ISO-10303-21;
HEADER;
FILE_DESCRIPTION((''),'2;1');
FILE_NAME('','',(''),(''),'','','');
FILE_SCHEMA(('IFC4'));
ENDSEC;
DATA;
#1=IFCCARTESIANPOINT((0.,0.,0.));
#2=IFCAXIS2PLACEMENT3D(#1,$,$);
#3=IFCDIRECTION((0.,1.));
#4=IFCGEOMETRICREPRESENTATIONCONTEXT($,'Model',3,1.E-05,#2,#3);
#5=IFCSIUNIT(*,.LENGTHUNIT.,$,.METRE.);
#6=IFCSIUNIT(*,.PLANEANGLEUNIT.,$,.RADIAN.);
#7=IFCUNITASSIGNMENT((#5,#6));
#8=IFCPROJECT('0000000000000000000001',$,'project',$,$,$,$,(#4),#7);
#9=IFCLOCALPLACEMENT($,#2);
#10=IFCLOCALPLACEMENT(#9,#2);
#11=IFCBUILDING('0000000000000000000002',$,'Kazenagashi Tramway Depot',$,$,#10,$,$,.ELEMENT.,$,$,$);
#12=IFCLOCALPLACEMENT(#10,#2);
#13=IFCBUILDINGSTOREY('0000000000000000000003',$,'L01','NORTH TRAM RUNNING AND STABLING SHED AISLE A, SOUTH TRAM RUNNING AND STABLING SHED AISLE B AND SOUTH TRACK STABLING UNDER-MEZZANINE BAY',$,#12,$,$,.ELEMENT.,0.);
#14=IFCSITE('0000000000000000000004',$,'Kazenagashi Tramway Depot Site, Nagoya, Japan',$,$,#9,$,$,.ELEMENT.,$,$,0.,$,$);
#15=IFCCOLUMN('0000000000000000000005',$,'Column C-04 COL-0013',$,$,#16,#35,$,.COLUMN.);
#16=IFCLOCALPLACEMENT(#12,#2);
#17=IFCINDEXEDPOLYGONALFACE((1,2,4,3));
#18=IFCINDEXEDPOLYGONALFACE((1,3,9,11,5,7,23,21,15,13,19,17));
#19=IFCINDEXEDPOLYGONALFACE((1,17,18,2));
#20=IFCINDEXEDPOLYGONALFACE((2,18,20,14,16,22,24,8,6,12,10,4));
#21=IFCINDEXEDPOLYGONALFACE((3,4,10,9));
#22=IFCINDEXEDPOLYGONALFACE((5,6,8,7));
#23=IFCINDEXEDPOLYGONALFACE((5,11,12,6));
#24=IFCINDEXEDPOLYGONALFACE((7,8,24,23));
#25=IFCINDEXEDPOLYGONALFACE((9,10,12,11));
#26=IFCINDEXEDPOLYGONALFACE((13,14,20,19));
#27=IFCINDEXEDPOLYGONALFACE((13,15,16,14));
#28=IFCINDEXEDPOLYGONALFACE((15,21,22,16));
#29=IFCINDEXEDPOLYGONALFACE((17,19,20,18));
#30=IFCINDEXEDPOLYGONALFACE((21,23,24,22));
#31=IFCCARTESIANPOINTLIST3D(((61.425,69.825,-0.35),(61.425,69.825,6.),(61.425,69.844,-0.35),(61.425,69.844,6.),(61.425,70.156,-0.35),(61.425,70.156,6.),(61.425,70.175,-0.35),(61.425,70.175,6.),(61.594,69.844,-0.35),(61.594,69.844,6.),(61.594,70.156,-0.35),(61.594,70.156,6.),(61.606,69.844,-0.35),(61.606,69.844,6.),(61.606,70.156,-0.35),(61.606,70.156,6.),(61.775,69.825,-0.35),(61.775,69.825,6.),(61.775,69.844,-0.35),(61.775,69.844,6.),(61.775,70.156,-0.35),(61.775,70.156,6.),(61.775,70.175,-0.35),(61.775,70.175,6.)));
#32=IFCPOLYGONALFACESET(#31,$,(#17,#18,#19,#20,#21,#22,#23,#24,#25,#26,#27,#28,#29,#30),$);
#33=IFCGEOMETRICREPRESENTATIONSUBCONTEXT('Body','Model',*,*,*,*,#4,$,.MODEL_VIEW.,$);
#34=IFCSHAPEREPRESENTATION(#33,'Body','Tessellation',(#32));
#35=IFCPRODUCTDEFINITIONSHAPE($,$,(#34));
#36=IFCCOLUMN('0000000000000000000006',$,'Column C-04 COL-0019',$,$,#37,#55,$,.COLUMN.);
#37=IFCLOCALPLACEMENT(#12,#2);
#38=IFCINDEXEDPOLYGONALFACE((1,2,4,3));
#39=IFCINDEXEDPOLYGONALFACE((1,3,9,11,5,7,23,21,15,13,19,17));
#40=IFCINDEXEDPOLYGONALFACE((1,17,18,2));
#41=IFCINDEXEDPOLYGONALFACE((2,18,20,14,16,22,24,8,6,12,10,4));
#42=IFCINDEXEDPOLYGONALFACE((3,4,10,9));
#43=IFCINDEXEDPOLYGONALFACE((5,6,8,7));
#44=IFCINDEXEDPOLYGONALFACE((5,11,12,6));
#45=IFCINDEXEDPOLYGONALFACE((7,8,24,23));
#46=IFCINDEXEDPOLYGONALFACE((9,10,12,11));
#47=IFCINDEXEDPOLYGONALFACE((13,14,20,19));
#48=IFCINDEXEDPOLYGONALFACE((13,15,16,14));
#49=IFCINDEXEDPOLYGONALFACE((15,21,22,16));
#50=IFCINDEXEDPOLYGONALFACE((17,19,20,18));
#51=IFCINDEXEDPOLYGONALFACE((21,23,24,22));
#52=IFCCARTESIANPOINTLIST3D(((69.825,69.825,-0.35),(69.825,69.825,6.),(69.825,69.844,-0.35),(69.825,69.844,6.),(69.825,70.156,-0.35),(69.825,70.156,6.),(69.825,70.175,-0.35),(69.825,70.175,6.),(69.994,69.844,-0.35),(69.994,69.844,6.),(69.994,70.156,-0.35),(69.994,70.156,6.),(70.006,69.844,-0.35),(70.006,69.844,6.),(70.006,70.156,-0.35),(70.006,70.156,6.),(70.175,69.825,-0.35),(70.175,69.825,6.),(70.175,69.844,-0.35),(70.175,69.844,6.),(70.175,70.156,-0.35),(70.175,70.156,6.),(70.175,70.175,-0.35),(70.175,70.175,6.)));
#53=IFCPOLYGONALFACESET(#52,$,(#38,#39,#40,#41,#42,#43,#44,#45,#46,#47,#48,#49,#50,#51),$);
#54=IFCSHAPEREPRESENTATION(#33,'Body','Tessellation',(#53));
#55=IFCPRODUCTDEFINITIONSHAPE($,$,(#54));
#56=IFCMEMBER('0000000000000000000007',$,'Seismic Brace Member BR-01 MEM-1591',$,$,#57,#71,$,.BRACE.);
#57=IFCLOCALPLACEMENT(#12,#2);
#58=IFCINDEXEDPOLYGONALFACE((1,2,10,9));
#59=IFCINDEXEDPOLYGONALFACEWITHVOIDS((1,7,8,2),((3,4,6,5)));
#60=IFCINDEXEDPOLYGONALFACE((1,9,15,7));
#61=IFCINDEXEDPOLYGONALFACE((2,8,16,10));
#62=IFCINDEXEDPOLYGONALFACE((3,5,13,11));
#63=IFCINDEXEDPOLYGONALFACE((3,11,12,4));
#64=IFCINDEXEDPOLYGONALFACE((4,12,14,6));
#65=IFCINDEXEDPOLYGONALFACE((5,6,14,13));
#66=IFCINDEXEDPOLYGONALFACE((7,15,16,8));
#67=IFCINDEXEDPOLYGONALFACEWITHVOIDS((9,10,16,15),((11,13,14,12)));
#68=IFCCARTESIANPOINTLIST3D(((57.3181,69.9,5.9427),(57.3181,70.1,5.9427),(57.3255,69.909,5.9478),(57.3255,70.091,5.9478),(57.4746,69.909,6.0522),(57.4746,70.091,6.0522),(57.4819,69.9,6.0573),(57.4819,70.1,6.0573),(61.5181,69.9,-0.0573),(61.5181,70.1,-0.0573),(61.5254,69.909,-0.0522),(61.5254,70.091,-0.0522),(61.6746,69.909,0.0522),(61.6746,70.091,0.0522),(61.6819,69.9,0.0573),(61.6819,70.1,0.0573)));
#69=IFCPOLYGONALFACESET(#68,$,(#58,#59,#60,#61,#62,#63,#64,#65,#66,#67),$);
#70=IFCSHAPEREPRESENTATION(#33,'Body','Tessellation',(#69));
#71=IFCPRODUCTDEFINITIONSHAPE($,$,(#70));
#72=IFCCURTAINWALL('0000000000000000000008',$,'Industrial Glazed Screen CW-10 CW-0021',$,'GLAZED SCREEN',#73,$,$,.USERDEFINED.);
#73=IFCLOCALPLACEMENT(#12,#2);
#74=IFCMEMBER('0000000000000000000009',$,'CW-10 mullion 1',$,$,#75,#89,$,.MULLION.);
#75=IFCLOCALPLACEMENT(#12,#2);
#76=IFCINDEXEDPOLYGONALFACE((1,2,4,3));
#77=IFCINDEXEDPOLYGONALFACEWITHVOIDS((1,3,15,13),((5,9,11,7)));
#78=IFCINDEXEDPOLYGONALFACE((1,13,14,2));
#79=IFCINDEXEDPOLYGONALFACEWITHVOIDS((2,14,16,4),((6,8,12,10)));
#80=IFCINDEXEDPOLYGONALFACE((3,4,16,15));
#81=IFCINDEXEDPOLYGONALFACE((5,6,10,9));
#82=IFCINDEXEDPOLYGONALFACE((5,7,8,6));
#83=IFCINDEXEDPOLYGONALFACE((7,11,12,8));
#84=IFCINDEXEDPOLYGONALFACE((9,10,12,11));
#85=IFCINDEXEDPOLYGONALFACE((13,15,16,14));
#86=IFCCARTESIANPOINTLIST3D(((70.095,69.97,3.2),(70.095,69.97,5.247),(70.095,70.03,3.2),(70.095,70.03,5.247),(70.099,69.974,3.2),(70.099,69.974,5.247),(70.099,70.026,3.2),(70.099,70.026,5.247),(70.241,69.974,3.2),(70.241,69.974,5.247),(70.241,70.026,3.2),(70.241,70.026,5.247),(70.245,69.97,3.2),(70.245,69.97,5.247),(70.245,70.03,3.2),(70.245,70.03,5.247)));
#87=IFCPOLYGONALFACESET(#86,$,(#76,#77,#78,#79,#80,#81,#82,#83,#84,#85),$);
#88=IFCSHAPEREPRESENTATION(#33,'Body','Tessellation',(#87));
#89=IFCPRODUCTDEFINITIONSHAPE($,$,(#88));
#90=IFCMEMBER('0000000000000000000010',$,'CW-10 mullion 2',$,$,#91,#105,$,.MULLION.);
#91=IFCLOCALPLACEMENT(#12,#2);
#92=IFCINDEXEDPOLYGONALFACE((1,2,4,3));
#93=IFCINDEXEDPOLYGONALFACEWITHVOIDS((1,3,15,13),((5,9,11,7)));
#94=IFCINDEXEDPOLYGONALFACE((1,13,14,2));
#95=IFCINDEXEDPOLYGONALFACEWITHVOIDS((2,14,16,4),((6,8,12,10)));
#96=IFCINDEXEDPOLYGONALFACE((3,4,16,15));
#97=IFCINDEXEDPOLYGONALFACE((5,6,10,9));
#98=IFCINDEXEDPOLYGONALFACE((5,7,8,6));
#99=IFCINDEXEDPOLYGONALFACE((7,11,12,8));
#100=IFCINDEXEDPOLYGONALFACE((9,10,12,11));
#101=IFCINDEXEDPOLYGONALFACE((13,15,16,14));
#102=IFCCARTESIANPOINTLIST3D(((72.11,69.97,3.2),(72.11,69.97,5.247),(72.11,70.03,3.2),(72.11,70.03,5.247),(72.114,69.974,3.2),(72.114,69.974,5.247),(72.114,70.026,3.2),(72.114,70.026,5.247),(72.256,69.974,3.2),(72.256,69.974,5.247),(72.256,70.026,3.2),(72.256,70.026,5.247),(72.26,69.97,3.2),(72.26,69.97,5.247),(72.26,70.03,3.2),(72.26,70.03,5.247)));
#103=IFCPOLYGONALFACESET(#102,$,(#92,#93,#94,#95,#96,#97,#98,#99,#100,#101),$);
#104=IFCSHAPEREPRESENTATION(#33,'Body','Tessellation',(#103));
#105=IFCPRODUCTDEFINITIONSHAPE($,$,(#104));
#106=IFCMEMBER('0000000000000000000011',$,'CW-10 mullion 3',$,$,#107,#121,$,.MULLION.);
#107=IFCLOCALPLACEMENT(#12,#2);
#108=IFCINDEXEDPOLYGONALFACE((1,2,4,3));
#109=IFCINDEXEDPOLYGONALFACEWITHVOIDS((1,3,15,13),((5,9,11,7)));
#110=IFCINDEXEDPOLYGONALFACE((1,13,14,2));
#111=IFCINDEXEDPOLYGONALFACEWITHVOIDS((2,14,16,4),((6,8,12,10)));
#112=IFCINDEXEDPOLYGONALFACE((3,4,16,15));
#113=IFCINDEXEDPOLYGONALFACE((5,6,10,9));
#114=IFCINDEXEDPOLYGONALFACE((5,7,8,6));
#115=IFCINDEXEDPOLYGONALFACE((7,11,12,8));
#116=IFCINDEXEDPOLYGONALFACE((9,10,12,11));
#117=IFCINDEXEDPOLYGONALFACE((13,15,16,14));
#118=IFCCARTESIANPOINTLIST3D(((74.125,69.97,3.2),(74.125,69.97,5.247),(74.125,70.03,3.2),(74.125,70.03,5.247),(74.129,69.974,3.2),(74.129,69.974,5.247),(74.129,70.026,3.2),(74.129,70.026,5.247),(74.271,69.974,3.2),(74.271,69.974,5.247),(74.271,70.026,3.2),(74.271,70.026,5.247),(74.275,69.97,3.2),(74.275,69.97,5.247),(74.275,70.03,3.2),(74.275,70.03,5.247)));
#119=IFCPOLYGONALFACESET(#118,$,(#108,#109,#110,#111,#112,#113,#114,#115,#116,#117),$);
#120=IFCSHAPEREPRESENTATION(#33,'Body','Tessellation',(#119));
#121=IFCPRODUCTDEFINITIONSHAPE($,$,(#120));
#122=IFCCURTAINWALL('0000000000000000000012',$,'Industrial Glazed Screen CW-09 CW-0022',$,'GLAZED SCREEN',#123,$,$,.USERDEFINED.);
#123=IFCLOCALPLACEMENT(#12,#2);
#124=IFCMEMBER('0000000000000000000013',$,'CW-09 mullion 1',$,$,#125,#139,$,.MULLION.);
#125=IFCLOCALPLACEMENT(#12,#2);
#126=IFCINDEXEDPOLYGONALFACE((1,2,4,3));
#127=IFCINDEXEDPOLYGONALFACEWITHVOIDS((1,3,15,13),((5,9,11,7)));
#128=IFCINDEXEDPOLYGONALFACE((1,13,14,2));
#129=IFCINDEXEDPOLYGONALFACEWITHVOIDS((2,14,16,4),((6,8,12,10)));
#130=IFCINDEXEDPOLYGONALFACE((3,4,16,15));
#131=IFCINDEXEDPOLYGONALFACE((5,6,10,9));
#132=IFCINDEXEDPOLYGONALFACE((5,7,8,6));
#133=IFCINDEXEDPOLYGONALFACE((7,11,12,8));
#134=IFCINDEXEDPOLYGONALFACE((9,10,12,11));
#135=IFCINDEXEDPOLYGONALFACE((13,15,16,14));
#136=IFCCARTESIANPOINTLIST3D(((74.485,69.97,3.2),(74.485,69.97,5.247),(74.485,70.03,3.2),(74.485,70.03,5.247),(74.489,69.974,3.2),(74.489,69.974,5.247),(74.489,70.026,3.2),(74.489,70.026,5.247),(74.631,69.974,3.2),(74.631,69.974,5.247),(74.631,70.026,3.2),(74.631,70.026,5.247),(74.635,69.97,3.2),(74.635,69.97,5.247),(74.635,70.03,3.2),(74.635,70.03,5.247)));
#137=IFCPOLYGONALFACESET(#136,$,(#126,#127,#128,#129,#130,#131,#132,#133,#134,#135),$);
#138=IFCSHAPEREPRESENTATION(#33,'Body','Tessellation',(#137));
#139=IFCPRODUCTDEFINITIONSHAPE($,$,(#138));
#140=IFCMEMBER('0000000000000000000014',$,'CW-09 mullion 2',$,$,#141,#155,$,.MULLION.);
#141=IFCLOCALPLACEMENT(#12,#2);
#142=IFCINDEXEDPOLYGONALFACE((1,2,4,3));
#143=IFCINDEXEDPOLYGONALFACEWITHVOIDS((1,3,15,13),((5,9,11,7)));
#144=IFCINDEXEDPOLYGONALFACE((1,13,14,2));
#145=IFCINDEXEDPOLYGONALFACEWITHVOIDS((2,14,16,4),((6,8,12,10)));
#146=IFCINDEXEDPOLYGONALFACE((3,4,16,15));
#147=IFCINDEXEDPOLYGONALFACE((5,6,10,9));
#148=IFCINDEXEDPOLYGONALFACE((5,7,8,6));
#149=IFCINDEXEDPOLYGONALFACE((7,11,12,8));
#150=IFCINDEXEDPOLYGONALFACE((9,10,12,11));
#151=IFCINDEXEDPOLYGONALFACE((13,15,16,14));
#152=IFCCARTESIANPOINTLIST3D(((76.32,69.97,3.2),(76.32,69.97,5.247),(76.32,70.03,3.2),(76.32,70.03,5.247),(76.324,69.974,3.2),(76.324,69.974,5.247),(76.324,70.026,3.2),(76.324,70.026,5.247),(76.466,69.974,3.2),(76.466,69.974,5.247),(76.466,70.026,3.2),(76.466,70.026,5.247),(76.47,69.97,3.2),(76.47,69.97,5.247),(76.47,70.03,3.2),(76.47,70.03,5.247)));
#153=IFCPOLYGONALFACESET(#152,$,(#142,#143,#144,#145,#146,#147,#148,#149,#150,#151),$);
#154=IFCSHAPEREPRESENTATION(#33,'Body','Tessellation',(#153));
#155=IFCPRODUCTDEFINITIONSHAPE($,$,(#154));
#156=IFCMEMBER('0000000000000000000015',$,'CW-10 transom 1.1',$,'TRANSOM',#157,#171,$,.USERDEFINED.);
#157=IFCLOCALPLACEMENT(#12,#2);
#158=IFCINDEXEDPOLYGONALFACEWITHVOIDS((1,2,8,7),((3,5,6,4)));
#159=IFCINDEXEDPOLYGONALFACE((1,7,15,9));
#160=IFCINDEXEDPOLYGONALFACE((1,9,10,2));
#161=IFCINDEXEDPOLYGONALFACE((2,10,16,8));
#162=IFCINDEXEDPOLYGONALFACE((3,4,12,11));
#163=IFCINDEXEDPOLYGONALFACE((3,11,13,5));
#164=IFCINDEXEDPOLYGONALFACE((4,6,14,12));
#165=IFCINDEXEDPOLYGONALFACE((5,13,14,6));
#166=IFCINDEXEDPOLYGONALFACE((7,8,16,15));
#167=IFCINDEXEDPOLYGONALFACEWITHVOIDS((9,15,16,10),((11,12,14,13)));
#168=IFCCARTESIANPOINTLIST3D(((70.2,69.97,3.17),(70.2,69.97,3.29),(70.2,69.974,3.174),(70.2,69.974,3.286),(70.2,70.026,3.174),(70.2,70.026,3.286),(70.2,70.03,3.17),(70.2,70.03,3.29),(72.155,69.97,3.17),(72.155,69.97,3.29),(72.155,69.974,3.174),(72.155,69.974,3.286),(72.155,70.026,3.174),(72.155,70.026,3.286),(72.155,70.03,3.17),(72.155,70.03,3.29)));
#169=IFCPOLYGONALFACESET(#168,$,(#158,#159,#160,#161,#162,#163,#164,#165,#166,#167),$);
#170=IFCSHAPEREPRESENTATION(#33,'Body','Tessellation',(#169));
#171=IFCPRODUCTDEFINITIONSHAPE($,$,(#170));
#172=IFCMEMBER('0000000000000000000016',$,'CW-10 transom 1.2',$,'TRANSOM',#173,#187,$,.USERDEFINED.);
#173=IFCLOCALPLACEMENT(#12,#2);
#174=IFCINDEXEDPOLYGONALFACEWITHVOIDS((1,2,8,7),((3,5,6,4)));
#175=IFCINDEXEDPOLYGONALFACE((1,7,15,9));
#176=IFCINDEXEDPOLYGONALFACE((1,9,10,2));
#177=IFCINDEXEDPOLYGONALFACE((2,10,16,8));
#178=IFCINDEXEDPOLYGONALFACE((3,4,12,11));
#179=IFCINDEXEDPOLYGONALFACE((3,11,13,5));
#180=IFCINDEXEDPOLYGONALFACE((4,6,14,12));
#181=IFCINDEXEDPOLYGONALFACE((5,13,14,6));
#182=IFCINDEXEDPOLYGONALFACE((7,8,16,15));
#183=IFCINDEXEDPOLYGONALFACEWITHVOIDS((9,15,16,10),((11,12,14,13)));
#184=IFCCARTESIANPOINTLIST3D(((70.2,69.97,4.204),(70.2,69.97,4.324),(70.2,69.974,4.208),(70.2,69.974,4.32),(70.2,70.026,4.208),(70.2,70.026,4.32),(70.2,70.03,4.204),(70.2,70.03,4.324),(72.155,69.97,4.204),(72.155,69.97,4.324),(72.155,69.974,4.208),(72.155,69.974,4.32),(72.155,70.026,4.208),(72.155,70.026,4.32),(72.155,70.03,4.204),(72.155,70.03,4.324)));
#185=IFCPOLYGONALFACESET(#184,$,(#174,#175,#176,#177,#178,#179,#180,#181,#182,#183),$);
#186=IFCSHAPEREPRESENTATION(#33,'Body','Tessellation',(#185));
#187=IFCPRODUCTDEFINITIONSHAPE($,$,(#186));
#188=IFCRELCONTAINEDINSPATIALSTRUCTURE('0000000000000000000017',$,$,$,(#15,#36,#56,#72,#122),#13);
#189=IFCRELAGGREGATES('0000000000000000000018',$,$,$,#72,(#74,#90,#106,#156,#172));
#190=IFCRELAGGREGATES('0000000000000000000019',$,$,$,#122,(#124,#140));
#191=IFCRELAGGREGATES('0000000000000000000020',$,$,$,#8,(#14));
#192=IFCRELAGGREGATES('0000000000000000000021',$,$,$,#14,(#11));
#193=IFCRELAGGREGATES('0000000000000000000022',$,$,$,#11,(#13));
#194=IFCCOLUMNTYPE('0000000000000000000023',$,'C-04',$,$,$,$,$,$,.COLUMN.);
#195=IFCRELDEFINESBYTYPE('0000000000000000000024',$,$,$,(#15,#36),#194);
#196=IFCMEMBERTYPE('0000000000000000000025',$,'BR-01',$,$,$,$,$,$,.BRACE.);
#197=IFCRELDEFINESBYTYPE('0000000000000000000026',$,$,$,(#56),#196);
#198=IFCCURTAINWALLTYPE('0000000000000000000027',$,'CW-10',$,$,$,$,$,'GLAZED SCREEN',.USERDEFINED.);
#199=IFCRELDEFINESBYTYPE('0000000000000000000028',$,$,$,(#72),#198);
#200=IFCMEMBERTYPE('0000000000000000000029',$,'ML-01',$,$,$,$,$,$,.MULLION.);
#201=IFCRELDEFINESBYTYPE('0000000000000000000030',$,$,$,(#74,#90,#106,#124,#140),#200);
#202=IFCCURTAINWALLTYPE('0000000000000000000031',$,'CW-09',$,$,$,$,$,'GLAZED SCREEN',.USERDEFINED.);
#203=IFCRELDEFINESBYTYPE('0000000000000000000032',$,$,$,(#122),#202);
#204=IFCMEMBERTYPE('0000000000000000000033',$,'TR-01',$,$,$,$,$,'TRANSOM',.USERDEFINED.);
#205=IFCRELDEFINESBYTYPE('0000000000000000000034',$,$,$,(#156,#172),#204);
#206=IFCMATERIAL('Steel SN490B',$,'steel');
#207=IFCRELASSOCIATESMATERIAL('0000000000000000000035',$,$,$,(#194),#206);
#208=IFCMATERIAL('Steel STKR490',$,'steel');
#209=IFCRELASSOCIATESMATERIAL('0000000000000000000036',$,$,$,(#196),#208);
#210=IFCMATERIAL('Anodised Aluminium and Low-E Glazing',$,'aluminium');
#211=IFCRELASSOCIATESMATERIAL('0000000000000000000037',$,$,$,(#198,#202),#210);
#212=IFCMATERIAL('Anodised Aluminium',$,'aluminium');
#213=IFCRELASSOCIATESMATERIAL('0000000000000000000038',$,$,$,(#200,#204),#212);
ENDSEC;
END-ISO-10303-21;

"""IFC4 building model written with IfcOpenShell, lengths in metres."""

from ifc_helpers import new_model, si_unit, direction, frame, origin, origin_2d, place, context, subcontext, project, spatial, hollow_rectangle, i_section, extrude, material, material_profile, profile_set, type_object, element, aggregate, save


model = new_model("IFC4")

# Units and contexts
model_context = context("Model", 3, precision=1e-05, world=origin(), true_north=direction((0.0, 1.0)))
body_context = subcontext(model_context, "Body", "Model", "MODEL_VIEW")
ifc_project = project(units=[si_unit("LENGTHUNIT", "METRE"), si_unit("PLANEANGLEUNIT", "RADIAN")], contexts=[model_context])

# Site, building, storey
site_placement = place(None, origin())
site = spatial("IfcSite", under=ifc_project, at=site_placement, Name="Kazenagashi Tramway Depot Site, Nagoya, Japan", CompositionType="ELEMENT", RefElevation=0.0)
building_placement = place(site_placement, origin())
building = spatial("IfcBuilding", under=site, at=building_placement, Name="Kazenagashi Tramway Depot", CompositionType="ELEMENT")
storey_placement = place(building_placement, origin())
storey = spatial("IfcBuildingStorey", under=building, at=storey_placement, Name="L01", Description="NORTH TRAM RUNNING AND STABLING SHED AISLE A, SOUTH TRAM RUNNING AND STABLING SHED AISLE B AND SOUTH TRACK STABLING UNDER-MEZZANINE BAY", CompositionType="ELEMENT", Elevation=0.0)

# Columns
ifc_material_1 = material(Name="Steel SN490B", Category="steel")
ifc_material_profile_1 = material_profile(ifc_material_1, i_section(OverallWidth=0.35, OverallDepth=0.35, WebThickness=0.012, FlangeThickness=0.019, at=origin_2d()), Name="H-350x350x12x19")
ifc_profile_set_1 = profile_set([ifc_material_profile_1], Name="Steel SN490B")
column_type = type_object("IfcColumnType", Name="C-04", PredefinedType="COLUMN", material=ifc_profile_set_1)
for number, where, z_axis, x_axis, name in (
    (1, (61.6, 70.0, -0.35), (0.0, 0.0, 1.0), (1.0, 0.0, 0.0), "Column C-04 COL-0013"),
    (2, (70.0, 70.0, -0.35), (0.0, 0.0, 1.0), (1.0, 0.0, 0.0), "Column C-04 COL-0019"),
):
    element("IfcColumn", number, at=place(storey_placement, frame(where, z_axis=z_axis, x_axis=x_axis)), inside=storey, type_object=column_type, Name=name, PredefinedType="COLUMN", context=body_context, shape_type="SweptSolid", body=[
        extrude(i_section(OverallWidth=0.35, OverallDepth=0.35, WebThickness=0.012, FlangeThickness=0.019, at=origin_2d()), origin(), (0.0, 0.0, 1.0), 6.35),
    ])

# Member
ifc_material_2 = material(Name="Steel STKR490", Category="steel")
ifc_material_profile_2 = material_profile(ifc_material_2, hollow_rectangle(XDim=0.2, YDim=0.2, WallThickness=0.009, at=origin_2d()), Name="SHS-200x200x9")
ifc_profile_set_2 = profile_set([ifc_material_profile_2], Name="Steel STKR490")
member_type_1 = type_object("IfcMemberType", Name="BR-01", PredefinedType="BRACE", material=ifc_profile_set_2)
member_1_placement = place(storey_placement, frame((61.6, 70.0, 0.0), z_axis=(-0.573462, 0.0, 0.819232), x_axis=(0.0, -1.0, 0.0)))
element("IfcMember", 3, at=member_1_placement, inside=storey, type_object=member_type_1, Name="Seismic Brace Member BR-01 MEM-1591", PredefinedType="BRACE", context=body_context, shape_type="SweptSolid", body=[
    extrude(hollow_rectangle(XDim=0.2, YDim=0.2, WallThickness=0.009, at=origin_2d()), origin(), (0.0, 0.0, 1.0), 7.3239),
])

# Curtain walls, members
ifc_material_3 = material(Name="Anodised Aluminium and Low-E Glazing", Category="aluminium")
curtain_wall_type_1 = type_object("IfcCurtainWallType", Name="CW-10", ElementType="GLAZED SCREEN", PredefinedType="USERDEFINED", material=ifc_material_3)
curtain_wall_1_placement = place(storey_placement, origin())
curtain_wall_1 = element("IfcCurtainWall", 4, at=curtain_wall_1_placement, inside=storey, type_object=curtain_wall_type_1, Name="Industrial Glazed Screen CW-10 CW-0021", ObjectType="GLAZED SCREEN", PredefinedType="USERDEFINED")
ifc_material_4 = material(Name="Anodised Aluminium", Category="aluminium")
ifc_material_profile_3 = material_profile(ifc_material_4, hollow_rectangle(XDim=0.06, YDim=0.15, WallThickness=0.004, at=origin_2d()), Name="RHS-150x60x4")
ifc_profile_set_3 = profile_set([ifc_material_profile_3], Name="Anodised Aluminium")
member_type_2 = type_object("IfcMemberType", Name="ML-01", PredefinedType="MULLION", material=ifc_profile_set_3)
member_2_placement = place(storey_placement, frame((70.17, 70.0, 3.2), z_axis=(0.0, 0.0, 1.0), x_axis=(0.0, 1.0, 0.0)))
member_2 = element("IfcMember", 5, at=member_2_placement, type_object=member_type_2, Name="CW-10 mullion 1", PredefinedType="MULLION", context=body_context, shape_type="SweptSolid", body=[
    extrude(hollow_rectangle(XDim=0.06, YDim=0.15, WallThickness=0.004, at=origin_2d()), origin(), (0.0, 0.0, 1.0), 2.047),
])
member_3_placement = place(storey_placement, frame((72.185, 70.0, 3.2), z_axis=(0.0, 0.0, 1.0), x_axis=(0.0, 1.0, 0.0)))
member_3 = element("IfcMember", 6, at=member_3_placement, type_object=member_type_2, Name="CW-10 mullion 2", PredefinedType="MULLION", context=body_context, shape_type="SweptSolid", body=[
    extrude(hollow_rectangle(XDim=0.06, YDim=0.15, WallThickness=0.004, at=origin_2d()), origin(), (0.0, 0.0, 1.0), 2.047),
])
member_4_placement = place(storey_placement, frame((74.2, 70.0, 3.2), z_axis=(0.0, 0.0, 1.0), x_axis=(0.0, 1.0, 0.0)))
member_4 = element("IfcMember", 7, at=member_4_placement, type_object=member_type_2, Name="CW-10 mullion 3", PredefinedType="MULLION", context=body_context, shape_type="SweptSolid", body=[
    extrude(hollow_rectangle(XDim=0.06, YDim=0.15, WallThickness=0.004, at=origin_2d()), origin(), (0.0, 0.0, 1.0), 2.047),
])
curtain_wall_type_2 = type_object("IfcCurtainWallType", Name="CW-09", ElementType="GLAZED SCREEN", PredefinedType="USERDEFINED", material=ifc_material_3)
curtain_wall_2_placement = place(storey_placement, origin())
curtain_wall_2 = element("IfcCurtainWall", 8, at=curtain_wall_2_placement, inside=storey, type_object=curtain_wall_type_2, Name="Industrial Glazed Screen CW-09 CW-0022", ObjectType="GLAZED SCREEN", PredefinedType="USERDEFINED")
member_5_placement = place(storey_placement, frame((74.56, 70.0, 3.2), z_axis=(0.0, 0.0, 1.0), x_axis=(0.0, 1.0, 0.0)))
member_5 = element("IfcMember", 9, at=member_5_placement, type_object=member_type_2, Name="CW-09 mullion 1", PredefinedType="MULLION", context=body_context, shape_type="SweptSolid", body=[
    extrude(hollow_rectangle(XDim=0.06, YDim=0.15, WallThickness=0.004, at=origin_2d()), origin(), (0.0, 0.0, 1.0), 2.047),
])
member_6_placement = place(storey_placement, frame((76.395, 70.0, 3.2), z_axis=(0.0, 0.0, 1.0), x_axis=(0.0, 1.0, 0.0)))
member_6 = element("IfcMember", 10, at=member_6_placement, type_object=member_type_2, Name="CW-09 mullion 2", PredefinedType="MULLION", context=body_context, shape_type="SweptSolid", body=[
    extrude(hollow_rectangle(XDim=0.06, YDim=0.15, WallThickness=0.004, at=origin_2d()), origin(), (0.0, 0.0, 1.0), 2.047),
])

# Members
ifc_material_profile_4 = material_profile(ifc_material_4, hollow_rectangle(XDim=0.06, YDim=0.12, WallThickness=0.004, at=origin_2d()), Name="RHS-120x60x4")
ifc_profile_set_4 = profile_set([ifc_material_profile_4], Name="Anodised Aluminium")
member_type_3 = type_object("IfcMemberType", Name="TR-01", ElementType="TRANSOM", PredefinedType="USERDEFINED", material=ifc_profile_set_4)
member_7_placement = place(storey_placement, frame((70.2, 70.0, 3.23), z_axis=(1.0, 0.0, 0.0), x_axis=(0.0, 1.0, 0.0)))
member_7 = element("IfcMember", 11, at=member_7_placement, type_object=member_type_3, Name="CW-10 transom 1.1", ObjectType="TRANSOM", PredefinedType="USERDEFINED", context=body_context, shape_type="SweptSolid", body=[
    extrude(hollow_rectangle(XDim=0.06, YDim=0.12, WallThickness=0.004, at=origin_2d()), origin(), (0.0, 0.0, 1.0), 1.955),
])
member_8_placement = place(storey_placement, frame((70.2, 70.0, 4.264), z_axis=(1.0, 0.0, 0.0), x_axis=(0.0, 1.0, 0.0)))
member_8 = element("IfcMember", 12, at=member_8_placement, type_object=member_type_3, Name="CW-10 transom 1.2", ObjectType="TRANSOM", PredefinedType="USERDEFINED", context=body_context, shape_type="SweptSolid", body=[
    extrude(hollow_rectangle(XDim=0.06, YDim=0.12, WallThickness=0.004, at=origin_2d()), origin(), (0.0, 0.0, 1.0), 1.955),
])

aggregate(curtain_wall_1, [member_2, member_3, member_4, member_7, member_8])
aggregate(curtain_wall_2, [member_5, member_6])

save(model, "model.ifc")
